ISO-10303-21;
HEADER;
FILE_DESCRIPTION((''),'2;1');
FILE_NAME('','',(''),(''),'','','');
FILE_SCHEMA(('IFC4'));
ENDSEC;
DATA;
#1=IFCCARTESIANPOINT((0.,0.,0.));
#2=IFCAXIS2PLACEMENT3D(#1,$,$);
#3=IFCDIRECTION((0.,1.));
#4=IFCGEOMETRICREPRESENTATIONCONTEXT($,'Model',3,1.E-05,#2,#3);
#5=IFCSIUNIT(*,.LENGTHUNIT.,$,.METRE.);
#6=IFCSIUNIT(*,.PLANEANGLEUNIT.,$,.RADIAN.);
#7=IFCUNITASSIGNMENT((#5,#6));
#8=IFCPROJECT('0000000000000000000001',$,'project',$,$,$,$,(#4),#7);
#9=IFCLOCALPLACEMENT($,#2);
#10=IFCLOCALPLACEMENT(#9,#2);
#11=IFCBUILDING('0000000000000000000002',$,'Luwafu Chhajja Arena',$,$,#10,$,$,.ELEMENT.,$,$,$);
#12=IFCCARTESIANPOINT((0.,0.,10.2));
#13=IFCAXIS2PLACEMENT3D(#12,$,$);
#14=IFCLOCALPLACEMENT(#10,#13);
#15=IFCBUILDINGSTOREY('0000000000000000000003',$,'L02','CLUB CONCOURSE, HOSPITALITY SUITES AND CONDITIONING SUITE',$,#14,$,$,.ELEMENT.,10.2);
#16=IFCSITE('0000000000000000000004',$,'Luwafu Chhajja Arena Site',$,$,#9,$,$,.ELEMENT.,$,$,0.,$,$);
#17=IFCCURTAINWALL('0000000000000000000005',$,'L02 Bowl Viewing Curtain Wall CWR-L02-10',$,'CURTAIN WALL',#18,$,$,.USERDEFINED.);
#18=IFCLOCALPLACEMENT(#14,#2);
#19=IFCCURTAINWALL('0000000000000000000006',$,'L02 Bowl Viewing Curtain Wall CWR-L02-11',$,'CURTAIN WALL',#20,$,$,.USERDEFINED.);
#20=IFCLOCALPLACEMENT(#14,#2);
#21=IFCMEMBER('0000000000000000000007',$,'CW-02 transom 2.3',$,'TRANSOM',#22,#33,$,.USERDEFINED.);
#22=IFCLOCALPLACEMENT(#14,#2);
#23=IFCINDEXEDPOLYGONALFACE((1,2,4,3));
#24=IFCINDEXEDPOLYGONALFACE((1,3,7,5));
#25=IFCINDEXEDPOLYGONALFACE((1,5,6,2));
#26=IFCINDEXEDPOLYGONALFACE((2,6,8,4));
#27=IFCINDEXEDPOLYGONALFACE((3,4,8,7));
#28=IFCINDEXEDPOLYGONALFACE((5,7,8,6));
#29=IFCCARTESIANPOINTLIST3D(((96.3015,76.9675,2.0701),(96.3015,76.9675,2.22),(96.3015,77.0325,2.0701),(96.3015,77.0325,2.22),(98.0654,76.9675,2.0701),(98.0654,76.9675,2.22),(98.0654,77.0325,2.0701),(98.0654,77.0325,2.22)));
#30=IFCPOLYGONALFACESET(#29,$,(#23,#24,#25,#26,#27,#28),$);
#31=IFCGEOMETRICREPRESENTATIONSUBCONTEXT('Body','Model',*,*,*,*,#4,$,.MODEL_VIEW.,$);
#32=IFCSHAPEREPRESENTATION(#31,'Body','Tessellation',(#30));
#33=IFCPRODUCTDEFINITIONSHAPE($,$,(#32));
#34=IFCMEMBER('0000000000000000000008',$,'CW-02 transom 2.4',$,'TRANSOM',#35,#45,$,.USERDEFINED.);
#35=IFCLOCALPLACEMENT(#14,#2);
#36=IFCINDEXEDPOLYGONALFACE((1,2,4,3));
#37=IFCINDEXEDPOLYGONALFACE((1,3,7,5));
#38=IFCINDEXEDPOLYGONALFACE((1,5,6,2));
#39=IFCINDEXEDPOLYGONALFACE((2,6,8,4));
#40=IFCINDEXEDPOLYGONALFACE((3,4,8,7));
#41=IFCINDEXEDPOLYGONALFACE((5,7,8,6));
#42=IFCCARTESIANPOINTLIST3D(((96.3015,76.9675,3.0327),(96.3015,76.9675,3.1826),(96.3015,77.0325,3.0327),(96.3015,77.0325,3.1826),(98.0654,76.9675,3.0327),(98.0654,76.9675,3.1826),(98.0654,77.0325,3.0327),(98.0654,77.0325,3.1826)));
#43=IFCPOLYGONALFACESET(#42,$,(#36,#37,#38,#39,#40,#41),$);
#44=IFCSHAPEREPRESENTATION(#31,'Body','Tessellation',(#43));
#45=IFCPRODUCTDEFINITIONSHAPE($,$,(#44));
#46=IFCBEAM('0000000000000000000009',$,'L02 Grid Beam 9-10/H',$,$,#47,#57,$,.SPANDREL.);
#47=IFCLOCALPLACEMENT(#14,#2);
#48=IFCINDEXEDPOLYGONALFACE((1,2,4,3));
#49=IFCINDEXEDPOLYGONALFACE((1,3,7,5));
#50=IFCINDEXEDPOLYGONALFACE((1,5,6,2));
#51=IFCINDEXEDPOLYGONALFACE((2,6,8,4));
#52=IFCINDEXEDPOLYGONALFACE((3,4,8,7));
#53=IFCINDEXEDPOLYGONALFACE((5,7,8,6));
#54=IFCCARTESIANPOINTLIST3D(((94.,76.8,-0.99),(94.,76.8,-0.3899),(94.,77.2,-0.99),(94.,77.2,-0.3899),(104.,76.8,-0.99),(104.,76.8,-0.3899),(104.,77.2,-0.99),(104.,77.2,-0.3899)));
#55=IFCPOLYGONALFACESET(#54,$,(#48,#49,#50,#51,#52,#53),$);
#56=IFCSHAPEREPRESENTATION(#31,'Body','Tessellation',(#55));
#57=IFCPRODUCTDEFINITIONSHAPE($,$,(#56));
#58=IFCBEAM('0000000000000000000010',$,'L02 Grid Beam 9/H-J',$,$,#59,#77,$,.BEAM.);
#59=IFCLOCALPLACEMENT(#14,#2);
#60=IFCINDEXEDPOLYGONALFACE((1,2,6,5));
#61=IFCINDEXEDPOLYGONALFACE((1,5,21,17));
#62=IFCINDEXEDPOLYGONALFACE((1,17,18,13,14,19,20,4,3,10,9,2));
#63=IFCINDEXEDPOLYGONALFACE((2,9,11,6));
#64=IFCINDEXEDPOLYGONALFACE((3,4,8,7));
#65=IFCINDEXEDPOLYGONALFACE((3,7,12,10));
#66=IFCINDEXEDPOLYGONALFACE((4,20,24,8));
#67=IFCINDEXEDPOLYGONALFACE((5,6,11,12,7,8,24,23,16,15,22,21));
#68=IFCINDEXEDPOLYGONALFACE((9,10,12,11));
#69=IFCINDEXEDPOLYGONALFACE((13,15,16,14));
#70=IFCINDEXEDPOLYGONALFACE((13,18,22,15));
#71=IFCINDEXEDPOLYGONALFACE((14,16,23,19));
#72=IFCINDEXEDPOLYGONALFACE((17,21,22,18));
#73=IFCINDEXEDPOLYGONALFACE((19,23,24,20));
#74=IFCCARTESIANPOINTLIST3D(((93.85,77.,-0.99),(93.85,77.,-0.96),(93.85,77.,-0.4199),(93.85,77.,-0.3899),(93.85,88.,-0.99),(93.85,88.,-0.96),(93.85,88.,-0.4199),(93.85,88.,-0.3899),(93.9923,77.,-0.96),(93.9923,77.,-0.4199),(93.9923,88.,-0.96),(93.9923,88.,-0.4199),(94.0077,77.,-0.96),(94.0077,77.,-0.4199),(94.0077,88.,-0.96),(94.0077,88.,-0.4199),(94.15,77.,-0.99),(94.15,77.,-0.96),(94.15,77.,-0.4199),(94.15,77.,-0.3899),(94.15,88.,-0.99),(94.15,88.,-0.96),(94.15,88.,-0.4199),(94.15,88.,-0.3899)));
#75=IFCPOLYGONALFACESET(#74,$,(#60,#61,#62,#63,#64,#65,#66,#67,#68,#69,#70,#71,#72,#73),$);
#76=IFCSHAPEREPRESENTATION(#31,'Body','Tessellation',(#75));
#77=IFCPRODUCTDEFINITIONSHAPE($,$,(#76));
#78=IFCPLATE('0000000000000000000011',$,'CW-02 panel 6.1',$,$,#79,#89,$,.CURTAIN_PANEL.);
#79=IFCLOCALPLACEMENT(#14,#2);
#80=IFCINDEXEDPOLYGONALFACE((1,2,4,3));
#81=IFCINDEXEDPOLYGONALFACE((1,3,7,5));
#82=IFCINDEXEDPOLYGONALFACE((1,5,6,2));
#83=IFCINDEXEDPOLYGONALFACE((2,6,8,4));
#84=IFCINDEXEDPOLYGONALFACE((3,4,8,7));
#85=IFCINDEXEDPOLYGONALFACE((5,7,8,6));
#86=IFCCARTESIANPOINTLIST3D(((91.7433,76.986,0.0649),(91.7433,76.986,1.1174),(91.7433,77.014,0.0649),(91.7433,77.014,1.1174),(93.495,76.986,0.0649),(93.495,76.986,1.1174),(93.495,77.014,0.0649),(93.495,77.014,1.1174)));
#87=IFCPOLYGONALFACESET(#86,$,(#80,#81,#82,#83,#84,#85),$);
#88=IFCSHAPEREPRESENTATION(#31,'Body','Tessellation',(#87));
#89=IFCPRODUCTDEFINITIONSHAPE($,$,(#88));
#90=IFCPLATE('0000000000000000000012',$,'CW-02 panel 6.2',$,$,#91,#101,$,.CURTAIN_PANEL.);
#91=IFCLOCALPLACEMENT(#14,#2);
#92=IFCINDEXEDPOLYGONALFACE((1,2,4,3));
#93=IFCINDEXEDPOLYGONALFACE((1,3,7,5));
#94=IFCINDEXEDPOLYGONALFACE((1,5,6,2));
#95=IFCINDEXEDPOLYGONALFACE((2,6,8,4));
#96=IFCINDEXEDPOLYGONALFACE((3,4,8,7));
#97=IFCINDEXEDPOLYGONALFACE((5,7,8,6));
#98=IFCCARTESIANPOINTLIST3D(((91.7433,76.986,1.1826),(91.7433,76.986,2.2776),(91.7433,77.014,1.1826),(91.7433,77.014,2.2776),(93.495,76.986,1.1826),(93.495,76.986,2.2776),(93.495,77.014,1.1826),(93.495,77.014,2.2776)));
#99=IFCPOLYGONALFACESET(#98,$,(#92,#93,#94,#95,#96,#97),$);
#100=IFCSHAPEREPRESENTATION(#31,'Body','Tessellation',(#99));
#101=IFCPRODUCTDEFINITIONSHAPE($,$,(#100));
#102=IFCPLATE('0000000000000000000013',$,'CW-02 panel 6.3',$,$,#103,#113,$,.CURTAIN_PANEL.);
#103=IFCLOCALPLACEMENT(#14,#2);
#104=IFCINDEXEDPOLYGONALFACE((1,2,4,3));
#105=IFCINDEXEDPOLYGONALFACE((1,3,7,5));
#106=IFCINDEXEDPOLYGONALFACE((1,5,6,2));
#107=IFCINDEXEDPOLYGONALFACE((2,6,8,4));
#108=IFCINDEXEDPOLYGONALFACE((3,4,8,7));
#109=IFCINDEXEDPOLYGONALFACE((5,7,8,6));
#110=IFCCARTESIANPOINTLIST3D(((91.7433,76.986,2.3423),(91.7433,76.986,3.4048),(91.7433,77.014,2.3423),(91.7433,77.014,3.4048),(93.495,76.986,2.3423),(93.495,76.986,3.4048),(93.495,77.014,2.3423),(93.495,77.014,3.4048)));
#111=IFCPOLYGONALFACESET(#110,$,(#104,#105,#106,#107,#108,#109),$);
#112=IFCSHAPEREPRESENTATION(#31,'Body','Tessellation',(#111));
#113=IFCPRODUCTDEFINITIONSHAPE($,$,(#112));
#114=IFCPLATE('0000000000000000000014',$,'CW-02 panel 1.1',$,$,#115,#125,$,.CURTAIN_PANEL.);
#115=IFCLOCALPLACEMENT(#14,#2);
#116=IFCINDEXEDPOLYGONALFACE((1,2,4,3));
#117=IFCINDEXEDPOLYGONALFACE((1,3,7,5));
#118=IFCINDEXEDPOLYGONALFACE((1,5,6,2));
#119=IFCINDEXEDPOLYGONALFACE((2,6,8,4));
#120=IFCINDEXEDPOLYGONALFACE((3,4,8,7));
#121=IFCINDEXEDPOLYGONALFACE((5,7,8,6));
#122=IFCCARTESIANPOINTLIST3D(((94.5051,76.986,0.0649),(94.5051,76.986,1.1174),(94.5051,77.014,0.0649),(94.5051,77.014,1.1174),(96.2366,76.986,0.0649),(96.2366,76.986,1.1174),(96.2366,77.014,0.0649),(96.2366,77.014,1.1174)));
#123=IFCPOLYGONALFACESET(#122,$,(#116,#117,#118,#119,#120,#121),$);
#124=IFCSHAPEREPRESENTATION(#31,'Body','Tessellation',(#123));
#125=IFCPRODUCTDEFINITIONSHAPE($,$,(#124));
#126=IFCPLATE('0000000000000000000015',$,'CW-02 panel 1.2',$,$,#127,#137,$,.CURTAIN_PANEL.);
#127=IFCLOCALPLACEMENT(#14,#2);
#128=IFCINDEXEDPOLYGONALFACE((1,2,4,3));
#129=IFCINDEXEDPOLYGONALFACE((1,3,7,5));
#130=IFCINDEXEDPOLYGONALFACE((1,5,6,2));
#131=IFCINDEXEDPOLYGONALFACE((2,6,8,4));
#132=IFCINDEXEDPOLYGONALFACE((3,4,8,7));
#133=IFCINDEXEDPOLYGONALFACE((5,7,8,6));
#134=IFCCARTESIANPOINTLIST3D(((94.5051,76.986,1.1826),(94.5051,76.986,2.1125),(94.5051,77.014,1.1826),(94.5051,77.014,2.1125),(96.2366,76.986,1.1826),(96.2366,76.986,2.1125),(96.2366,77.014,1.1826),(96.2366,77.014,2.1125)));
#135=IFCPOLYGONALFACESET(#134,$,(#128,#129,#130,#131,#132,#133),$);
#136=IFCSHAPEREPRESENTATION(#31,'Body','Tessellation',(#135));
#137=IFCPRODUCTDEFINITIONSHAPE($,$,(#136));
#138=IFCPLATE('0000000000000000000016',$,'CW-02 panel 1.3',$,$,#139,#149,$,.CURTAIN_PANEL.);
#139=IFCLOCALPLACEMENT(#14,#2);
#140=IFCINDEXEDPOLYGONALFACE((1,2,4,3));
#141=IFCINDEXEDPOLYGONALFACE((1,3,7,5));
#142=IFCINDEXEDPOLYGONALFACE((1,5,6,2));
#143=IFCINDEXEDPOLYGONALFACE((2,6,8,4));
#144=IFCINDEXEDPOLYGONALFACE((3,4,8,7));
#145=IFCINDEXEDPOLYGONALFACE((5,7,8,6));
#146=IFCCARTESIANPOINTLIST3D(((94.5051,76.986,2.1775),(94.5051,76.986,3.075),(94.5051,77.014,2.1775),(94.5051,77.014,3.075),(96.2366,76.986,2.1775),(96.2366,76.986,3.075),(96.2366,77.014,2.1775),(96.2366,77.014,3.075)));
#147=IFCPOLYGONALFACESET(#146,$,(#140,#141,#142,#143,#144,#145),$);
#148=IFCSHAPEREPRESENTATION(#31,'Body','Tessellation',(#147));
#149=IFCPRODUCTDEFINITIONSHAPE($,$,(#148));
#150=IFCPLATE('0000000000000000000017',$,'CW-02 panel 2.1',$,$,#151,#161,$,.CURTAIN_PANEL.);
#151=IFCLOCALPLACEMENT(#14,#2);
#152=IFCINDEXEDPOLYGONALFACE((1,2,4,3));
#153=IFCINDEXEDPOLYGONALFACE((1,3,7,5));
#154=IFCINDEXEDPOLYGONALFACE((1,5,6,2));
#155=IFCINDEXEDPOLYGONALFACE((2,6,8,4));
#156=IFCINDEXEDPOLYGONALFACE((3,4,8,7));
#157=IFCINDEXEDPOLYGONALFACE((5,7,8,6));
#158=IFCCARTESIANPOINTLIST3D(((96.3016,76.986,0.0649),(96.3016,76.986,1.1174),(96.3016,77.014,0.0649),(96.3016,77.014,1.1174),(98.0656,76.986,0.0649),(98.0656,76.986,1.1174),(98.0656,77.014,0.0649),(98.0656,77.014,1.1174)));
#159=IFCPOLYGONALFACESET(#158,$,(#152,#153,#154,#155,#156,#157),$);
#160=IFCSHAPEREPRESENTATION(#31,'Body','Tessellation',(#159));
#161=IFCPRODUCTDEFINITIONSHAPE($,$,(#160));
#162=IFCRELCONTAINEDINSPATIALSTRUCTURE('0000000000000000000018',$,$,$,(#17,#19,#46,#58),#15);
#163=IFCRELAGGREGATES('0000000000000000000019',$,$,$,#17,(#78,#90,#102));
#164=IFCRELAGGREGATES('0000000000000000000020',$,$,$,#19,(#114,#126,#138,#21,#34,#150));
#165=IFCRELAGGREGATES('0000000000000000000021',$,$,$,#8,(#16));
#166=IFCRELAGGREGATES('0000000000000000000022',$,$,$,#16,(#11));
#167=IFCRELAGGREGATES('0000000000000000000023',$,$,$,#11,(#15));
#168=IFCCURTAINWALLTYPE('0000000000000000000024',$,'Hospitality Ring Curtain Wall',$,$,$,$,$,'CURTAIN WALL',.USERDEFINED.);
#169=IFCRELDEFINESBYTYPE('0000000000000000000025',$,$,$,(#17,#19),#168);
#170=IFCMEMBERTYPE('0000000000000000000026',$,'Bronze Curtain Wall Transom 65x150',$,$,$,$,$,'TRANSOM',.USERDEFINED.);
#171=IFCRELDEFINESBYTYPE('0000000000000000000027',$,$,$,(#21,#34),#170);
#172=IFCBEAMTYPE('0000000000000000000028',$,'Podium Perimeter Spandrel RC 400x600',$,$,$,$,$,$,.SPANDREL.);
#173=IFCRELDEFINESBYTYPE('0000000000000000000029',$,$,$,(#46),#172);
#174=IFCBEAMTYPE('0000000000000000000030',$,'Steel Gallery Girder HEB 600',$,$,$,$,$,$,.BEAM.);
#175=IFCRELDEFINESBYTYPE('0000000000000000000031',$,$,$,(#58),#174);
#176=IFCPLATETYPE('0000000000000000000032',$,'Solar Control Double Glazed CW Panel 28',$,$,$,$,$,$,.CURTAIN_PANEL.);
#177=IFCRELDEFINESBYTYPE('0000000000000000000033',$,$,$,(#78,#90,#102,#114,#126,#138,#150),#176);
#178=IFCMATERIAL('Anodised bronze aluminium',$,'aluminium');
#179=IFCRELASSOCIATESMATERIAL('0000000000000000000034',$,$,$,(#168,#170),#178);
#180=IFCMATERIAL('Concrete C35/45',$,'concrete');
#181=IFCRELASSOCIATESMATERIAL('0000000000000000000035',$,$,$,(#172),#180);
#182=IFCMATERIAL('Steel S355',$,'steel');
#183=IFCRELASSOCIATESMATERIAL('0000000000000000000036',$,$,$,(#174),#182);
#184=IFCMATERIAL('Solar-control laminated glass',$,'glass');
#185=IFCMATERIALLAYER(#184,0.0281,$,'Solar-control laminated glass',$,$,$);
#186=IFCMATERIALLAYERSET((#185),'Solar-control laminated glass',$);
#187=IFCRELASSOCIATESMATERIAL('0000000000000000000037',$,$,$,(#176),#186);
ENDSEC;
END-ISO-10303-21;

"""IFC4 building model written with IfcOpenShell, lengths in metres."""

from ifc_helpers import new_model, si_unit, direction, frame, origin, origin_2d, place, context, subcontext, project, spatial, rectangle, i_section, extrude, material, layer, layer_set, material_profile, profile_set, type_object, element, aggregate, save


model = new_model("IFC4")

# Units and contexts
model_context = context("Model", 3, precision=1e-05, world=origin(), true_north=direction((0.0, 1.0)))
body_context = subcontext(model_context, "Body", "Model", "MODEL_VIEW")
ifc_project = project(units=[si_unit("LENGTHUNIT", "METRE"), si_unit("PLANEANGLEUNIT", "RADIAN")], contexts=[model_context])

# Site, building, storey
site_placement = place(None, origin())
site = spatial("IfcSite", under=ifc_project, at=site_placement, Name="Luwafu Chhajja Arena Site", CompositionType="ELEMENT", RefElevation=0.0)
building_placement = place(site_placement, origin())
building = spatial("IfcBuilding", under=site, at=building_placement, Name="Luwafu Chhajja Arena", CompositionType="ELEMENT")
storey_placement = place(building_placement, frame((0.0, 0.0, 10.2)))
storey = spatial("IfcBuildingStorey", under=building, at=storey_placement, Name="L02", Description="CLUB CONCOURSE, HOSPITALITY SUITES AND CONDITIONING SUITE", CompositionType="ELEMENT", Elevation=10.2)

# Shared definitions
ifc_material_1 = material(Name="Concrete C35/45", Category="concrete")

# Curtain wall
ifc_material_2 = material(Name="Anodised bronze aluminium", Category="aluminium")
curtain_wall_type = type_object("IfcCurtainWallType", Name="Hospitality Ring Curtain Wall", ElementType="CURTAIN WALL", PredefinedType="USERDEFINED", material=ifc_material_2)
curtain_wall_1_placement = place(storey_placement, origin())
curtain_wall_1 = element("IfcCurtainWall", 1, at=curtain_wall_1_placement, inside=storey, type_object=curtain_wall_type, Name="L02 Bowl Viewing Curtain Wall CWR-L02-10", ObjectType="CURTAIN WALL", PredefinedType="USERDEFINED")

# Curtain wall
curtain_wall_2_placement = place(storey_placement, origin())
curtain_wall_2 = element("IfcCurtainWall", 2, at=curtain_wall_2_placement, inside=storey, type_object=curtain_wall_type, Name="L02 Bowl Viewing Curtain Wall CWR-L02-11", ObjectType="CURTAIN WALL", PredefinedType="USERDEFINED")

# Members
ifc_material_profile_1 = material_profile(ifc_material_2, rectangle(XDim=0.0649, YDim=0.1499, at=origin_2d()), Name="CWT 65x150")
ifc_profile_set_1 = profile_set([ifc_material_profile_1], Name="Anodised bronze aluminium")
member_type_1 = type_object("IfcMemberType", Name="Bronze Curtain Wall Transom 65x150", ElementType="TRANSOM", PredefinedType="USERDEFINED", material=ifc_profile_set_1)
member_1_placement = place(storey_placement, frame((96.3015, 77.0, 2.145), z_axis=(1.0, 0.0, 0.0), x_axis=(0.0, 1.0, 0.0)))
member_1 = element("IfcMember", 3, at=member_1_placement, type_object=member_type_1, Name="CW-02 transom 2.3", ObjectType="TRANSOM", PredefinedType="USERDEFINED", context=body_context, shape_type="SweptSolid", body=[
    extrude(rectangle(XDim=0.0649, YDim=0.1499, at=origin_2d()), origin(), (0.0, 0.0, 1.0), 1.7639),
])
member_2_placement = place(storey_placement, frame((96.3015, 77.0, 3.1077), z_axis=(1.0, 0.0, 0.0), x_axis=(0.0, 1.0, 0.0)))
member_2 = element("IfcMember", 4, at=member_2_placement, type_object=member_type_1, Name="CW-02 transom 2.4", ObjectType="TRANSOM", PredefinedType="USERDEFINED", context=body_context, shape_type="SweptSolid", body=[
    extrude(rectangle(XDim=0.0649, YDim=0.1499, at=origin_2d()), origin(), (0.0, 0.0, 1.0), 1.7639),
])

# Beams
ifc_material_profile_2 = material_profile(ifc_material_1, rectangle(XDim=0.3999, YDim=0.6001, at=origin_2d()), Name="RC 400x600")
ifc_profile_set_2 = profile_set([ifc_material_profile_2], Name="Concrete C35/45")
beam_type_1 = type_object("IfcBeamType", Name="Podium Perimeter Spandrel RC 400x600", PredefinedType="SPANDREL", material=ifc_profile_set_2)
beam_1_placement = place(storey_placement, frame((94.0, 77.0, -0.6899), z_axis=(1.0, 0.0, 0.0), x_axis=(0.0, 1.0, 0.0)))
element("IfcBeam", 5, at=beam_1_placement, inside=storey, type_object=beam_type_1, Name="L02 Grid Beam 9-10/H", PredefinedType="SPANDREL", context=body_context, shape_type="SweptSolid", body=[
    extrude(rectangle(XDim=0.3999, YDim=0.6001, at=origin_2d()), origin(), (0.0, 0.0, 1.0), 10.0),
])
ifc_material_3 = material(Name="Steel S355", Category="steel")
ifc_material_profile_3 = material_profile(ifc_material_3, i_section(OverallWidth=0.3, OverallDepth=0.6001, WebThickness=0.0154, FlangeThickness=0.03, at=origin_2d()), Name="HEB 600")
ifc_profile_set_3 = profile_set([ifc_material_profile_3], Name="Steel S355")
beam_type_2 = type_object("IfcBeamType", Name="Steel Gallery Girder HEB 600", PredefinedType="BEAM", material=ifc_profile_set_3)
beam_2_placement = place(storey_placement, frame((94.0, 77.0, -0.6899), z_axis=(0.0, 1.0, 0.0), x_axis=(-1.0, 0.0, 0.0)))
element("IfcBeam", 6, at=beam_2_placement, inside=storey, type_object=beam_type_2, Name="L02 Grid Beam 9/H-J", PredefinedType="BEAM", context=body_context, shape_type="SweptSolid", body=[
    extrude(i_section(OverallWidth=0.3, OverallDepth=0.6001, WebThickness=0.0154, FlangeThickness=0.03, at=origin_2d()), origin(), (0.0, 0.0, 1.0), 11.0),
])

# Plates
ifc_material_4 = material(Name="Solar-control laminated glass", Category="glass")
ifc_layer = layer(ifc_material_4, 0.0281, Name="Solar-control laminated glass")
ifc_layer_set = layer_set([ifc_layer], Name="Solar-control laminated glass")
plate_type = type_object("IfcPlateType", Name="Solar Control Double Glazed CW Panel 28", PredefinedType="CURTAIN_PANEL", material=ifc_layer_set)
plate_1_placement = place(storey_placement, frame((92.6191, 77.0, 0.0649), z_axis=(0.0, 0.0, 1.0), x_axis=(1.0, 0.0, 0.0)))
plate_1 = element("IfcPlate", 7, at=plate_1_placement, type_object=plate_type, Name="CW-02 panel 6.1", PredefinedType="CURTAIN_PANEL", context=body_context, shape_type="SweptSolid", body=[
    extrude(rectangle(XDim=1.7517, YDim=0.0281, at=origin_2d()), origin(), (0.0, 0.0, 1.0), 1.0525),
])
plate_2_placement = place(storey_placement, frame((92.6191, 77.0, 1.1826), z_axis=(0.0, 0.0, 1.0), x_axis=(1.0, 0.0, 0.0)))
plate_2 = element("IfcPlate", 8, at=plate_2_placement, type_object=plate_type, Name="CW-02 panel 6.2", PredefinedType="CURTAIN_PANEL", context=body_context, shape_type="SweptSolid", body=[
    extrude(rectangle(XDim=1.7517, YDim=0.0281, at=origin_2d()), origin(), (0.0, 0.0, 1.0), 1.095),
])
plate_3_placement = place(storey_placement, frame((92.6191, 77.0, 2.3423), z_axis=(0.0, 0.0, 1.0), x_axis=(1.0, 0.0, 0.0)))
plate_3 = element("IfcPlate", 9, at=plate_3_placement, type_object=plate_type, Name="CW-02 panel 6.3", PredefinedType="CURTAIN_PANEL", context=body_context, shape_type="SweptSolid", body=[
    extrude(rectangle(XDim=1.7517, YDim=0.0281, at=origin_2d()), origin(), (0.0, 0.0, 1.0), 1.0625),
])
aggregate(curtain_wall_1, [plate_1, plate_2, plate_3])
plate_4_placement = place(storey_placement, frame((95.3708, 77.0, 0.0649), z_axis=(0.0, 0.0, 1.0), x_axis=(1.0, 0.0, 0.0)))
plate_4 = element("IfcPlate", 10, at=plate_4_placement, type_object=plate_type, Name="CW-02 panel 1.1", PredefinedType="CURTAIN_PANEL", context=body_context, shape_type="SweptSolid", body=[
    extrude(rectangle(XDim=1.7314, YDim=0.0281, at=origin_2d()), origin(), (0.0, 0.0, 1.0), 1.0525),
])
plate_5_placement = place(storey_placement, frame((95.3708, 77.0, 1.1826), z_axis=(0.0, 0.0, 1.0), x_axis=(1.0, 0.0, 0.0)))
plate_5 = element("IfcPlate", 11, at=plate_5_placement, type_object=plate_type, Name="CW-02 panel 1.2", PredefinedType="CURTAIN_PANEL", context=body_context, shape_type="SweptSolid", body=[
    extrude(rectangle(XDim=1.7314, YDim=0.0281, at=origin_2d()), origin(), (0.0, 0.0, 1.0), 0.9299),
])
plate_6_placement = place(storey_placement, frame((95.3708, 77.0, 2.1775), z_axis=(0.0, 0.0, 1.0), x_axis=(1.0, 0.0, 0.0)))
plate_6 = element("IfcPlate", 12, at=plate_6_placement, type_object=plate_type, Name="CW-02 panel 1.3", PredefinedType="CURTAIN_PANEL", context=body_context, shape_type="SweptSolid", body=[
    extrude(rectangle(XDim=1.7314, YDim=0.0281, at=origin_2d()), origin(), (0.0, 0.0, 1.0), 0.8975),
])
plate_7_placement = place(storey_placement, frame((97.1836, 77.0, 0.0649), z_axis=(0.0, 0.0, 1.0), x_axis=(1.0, 0.0, 0.0)))
plate_7 = element("IfcPlate", 13, at=plate_7_placement, type_object=plate_type, Name="CW-02 panel 2.1", PredefinedType="CURTAIN_PANEL", context=body_context, shape_type="SweptSolid", body=[
    extrude(rectangle(XDim=1.7639, YDim=0.0281, at=origin_2d()), origin(), (0.0, 0.0, 1.0), 1.0525),
])
aggregate(curtain_wall_2, [plate_4, plate_5, plate_6, member_1, member_2, plate_7])

save(model, "model.ifc")
